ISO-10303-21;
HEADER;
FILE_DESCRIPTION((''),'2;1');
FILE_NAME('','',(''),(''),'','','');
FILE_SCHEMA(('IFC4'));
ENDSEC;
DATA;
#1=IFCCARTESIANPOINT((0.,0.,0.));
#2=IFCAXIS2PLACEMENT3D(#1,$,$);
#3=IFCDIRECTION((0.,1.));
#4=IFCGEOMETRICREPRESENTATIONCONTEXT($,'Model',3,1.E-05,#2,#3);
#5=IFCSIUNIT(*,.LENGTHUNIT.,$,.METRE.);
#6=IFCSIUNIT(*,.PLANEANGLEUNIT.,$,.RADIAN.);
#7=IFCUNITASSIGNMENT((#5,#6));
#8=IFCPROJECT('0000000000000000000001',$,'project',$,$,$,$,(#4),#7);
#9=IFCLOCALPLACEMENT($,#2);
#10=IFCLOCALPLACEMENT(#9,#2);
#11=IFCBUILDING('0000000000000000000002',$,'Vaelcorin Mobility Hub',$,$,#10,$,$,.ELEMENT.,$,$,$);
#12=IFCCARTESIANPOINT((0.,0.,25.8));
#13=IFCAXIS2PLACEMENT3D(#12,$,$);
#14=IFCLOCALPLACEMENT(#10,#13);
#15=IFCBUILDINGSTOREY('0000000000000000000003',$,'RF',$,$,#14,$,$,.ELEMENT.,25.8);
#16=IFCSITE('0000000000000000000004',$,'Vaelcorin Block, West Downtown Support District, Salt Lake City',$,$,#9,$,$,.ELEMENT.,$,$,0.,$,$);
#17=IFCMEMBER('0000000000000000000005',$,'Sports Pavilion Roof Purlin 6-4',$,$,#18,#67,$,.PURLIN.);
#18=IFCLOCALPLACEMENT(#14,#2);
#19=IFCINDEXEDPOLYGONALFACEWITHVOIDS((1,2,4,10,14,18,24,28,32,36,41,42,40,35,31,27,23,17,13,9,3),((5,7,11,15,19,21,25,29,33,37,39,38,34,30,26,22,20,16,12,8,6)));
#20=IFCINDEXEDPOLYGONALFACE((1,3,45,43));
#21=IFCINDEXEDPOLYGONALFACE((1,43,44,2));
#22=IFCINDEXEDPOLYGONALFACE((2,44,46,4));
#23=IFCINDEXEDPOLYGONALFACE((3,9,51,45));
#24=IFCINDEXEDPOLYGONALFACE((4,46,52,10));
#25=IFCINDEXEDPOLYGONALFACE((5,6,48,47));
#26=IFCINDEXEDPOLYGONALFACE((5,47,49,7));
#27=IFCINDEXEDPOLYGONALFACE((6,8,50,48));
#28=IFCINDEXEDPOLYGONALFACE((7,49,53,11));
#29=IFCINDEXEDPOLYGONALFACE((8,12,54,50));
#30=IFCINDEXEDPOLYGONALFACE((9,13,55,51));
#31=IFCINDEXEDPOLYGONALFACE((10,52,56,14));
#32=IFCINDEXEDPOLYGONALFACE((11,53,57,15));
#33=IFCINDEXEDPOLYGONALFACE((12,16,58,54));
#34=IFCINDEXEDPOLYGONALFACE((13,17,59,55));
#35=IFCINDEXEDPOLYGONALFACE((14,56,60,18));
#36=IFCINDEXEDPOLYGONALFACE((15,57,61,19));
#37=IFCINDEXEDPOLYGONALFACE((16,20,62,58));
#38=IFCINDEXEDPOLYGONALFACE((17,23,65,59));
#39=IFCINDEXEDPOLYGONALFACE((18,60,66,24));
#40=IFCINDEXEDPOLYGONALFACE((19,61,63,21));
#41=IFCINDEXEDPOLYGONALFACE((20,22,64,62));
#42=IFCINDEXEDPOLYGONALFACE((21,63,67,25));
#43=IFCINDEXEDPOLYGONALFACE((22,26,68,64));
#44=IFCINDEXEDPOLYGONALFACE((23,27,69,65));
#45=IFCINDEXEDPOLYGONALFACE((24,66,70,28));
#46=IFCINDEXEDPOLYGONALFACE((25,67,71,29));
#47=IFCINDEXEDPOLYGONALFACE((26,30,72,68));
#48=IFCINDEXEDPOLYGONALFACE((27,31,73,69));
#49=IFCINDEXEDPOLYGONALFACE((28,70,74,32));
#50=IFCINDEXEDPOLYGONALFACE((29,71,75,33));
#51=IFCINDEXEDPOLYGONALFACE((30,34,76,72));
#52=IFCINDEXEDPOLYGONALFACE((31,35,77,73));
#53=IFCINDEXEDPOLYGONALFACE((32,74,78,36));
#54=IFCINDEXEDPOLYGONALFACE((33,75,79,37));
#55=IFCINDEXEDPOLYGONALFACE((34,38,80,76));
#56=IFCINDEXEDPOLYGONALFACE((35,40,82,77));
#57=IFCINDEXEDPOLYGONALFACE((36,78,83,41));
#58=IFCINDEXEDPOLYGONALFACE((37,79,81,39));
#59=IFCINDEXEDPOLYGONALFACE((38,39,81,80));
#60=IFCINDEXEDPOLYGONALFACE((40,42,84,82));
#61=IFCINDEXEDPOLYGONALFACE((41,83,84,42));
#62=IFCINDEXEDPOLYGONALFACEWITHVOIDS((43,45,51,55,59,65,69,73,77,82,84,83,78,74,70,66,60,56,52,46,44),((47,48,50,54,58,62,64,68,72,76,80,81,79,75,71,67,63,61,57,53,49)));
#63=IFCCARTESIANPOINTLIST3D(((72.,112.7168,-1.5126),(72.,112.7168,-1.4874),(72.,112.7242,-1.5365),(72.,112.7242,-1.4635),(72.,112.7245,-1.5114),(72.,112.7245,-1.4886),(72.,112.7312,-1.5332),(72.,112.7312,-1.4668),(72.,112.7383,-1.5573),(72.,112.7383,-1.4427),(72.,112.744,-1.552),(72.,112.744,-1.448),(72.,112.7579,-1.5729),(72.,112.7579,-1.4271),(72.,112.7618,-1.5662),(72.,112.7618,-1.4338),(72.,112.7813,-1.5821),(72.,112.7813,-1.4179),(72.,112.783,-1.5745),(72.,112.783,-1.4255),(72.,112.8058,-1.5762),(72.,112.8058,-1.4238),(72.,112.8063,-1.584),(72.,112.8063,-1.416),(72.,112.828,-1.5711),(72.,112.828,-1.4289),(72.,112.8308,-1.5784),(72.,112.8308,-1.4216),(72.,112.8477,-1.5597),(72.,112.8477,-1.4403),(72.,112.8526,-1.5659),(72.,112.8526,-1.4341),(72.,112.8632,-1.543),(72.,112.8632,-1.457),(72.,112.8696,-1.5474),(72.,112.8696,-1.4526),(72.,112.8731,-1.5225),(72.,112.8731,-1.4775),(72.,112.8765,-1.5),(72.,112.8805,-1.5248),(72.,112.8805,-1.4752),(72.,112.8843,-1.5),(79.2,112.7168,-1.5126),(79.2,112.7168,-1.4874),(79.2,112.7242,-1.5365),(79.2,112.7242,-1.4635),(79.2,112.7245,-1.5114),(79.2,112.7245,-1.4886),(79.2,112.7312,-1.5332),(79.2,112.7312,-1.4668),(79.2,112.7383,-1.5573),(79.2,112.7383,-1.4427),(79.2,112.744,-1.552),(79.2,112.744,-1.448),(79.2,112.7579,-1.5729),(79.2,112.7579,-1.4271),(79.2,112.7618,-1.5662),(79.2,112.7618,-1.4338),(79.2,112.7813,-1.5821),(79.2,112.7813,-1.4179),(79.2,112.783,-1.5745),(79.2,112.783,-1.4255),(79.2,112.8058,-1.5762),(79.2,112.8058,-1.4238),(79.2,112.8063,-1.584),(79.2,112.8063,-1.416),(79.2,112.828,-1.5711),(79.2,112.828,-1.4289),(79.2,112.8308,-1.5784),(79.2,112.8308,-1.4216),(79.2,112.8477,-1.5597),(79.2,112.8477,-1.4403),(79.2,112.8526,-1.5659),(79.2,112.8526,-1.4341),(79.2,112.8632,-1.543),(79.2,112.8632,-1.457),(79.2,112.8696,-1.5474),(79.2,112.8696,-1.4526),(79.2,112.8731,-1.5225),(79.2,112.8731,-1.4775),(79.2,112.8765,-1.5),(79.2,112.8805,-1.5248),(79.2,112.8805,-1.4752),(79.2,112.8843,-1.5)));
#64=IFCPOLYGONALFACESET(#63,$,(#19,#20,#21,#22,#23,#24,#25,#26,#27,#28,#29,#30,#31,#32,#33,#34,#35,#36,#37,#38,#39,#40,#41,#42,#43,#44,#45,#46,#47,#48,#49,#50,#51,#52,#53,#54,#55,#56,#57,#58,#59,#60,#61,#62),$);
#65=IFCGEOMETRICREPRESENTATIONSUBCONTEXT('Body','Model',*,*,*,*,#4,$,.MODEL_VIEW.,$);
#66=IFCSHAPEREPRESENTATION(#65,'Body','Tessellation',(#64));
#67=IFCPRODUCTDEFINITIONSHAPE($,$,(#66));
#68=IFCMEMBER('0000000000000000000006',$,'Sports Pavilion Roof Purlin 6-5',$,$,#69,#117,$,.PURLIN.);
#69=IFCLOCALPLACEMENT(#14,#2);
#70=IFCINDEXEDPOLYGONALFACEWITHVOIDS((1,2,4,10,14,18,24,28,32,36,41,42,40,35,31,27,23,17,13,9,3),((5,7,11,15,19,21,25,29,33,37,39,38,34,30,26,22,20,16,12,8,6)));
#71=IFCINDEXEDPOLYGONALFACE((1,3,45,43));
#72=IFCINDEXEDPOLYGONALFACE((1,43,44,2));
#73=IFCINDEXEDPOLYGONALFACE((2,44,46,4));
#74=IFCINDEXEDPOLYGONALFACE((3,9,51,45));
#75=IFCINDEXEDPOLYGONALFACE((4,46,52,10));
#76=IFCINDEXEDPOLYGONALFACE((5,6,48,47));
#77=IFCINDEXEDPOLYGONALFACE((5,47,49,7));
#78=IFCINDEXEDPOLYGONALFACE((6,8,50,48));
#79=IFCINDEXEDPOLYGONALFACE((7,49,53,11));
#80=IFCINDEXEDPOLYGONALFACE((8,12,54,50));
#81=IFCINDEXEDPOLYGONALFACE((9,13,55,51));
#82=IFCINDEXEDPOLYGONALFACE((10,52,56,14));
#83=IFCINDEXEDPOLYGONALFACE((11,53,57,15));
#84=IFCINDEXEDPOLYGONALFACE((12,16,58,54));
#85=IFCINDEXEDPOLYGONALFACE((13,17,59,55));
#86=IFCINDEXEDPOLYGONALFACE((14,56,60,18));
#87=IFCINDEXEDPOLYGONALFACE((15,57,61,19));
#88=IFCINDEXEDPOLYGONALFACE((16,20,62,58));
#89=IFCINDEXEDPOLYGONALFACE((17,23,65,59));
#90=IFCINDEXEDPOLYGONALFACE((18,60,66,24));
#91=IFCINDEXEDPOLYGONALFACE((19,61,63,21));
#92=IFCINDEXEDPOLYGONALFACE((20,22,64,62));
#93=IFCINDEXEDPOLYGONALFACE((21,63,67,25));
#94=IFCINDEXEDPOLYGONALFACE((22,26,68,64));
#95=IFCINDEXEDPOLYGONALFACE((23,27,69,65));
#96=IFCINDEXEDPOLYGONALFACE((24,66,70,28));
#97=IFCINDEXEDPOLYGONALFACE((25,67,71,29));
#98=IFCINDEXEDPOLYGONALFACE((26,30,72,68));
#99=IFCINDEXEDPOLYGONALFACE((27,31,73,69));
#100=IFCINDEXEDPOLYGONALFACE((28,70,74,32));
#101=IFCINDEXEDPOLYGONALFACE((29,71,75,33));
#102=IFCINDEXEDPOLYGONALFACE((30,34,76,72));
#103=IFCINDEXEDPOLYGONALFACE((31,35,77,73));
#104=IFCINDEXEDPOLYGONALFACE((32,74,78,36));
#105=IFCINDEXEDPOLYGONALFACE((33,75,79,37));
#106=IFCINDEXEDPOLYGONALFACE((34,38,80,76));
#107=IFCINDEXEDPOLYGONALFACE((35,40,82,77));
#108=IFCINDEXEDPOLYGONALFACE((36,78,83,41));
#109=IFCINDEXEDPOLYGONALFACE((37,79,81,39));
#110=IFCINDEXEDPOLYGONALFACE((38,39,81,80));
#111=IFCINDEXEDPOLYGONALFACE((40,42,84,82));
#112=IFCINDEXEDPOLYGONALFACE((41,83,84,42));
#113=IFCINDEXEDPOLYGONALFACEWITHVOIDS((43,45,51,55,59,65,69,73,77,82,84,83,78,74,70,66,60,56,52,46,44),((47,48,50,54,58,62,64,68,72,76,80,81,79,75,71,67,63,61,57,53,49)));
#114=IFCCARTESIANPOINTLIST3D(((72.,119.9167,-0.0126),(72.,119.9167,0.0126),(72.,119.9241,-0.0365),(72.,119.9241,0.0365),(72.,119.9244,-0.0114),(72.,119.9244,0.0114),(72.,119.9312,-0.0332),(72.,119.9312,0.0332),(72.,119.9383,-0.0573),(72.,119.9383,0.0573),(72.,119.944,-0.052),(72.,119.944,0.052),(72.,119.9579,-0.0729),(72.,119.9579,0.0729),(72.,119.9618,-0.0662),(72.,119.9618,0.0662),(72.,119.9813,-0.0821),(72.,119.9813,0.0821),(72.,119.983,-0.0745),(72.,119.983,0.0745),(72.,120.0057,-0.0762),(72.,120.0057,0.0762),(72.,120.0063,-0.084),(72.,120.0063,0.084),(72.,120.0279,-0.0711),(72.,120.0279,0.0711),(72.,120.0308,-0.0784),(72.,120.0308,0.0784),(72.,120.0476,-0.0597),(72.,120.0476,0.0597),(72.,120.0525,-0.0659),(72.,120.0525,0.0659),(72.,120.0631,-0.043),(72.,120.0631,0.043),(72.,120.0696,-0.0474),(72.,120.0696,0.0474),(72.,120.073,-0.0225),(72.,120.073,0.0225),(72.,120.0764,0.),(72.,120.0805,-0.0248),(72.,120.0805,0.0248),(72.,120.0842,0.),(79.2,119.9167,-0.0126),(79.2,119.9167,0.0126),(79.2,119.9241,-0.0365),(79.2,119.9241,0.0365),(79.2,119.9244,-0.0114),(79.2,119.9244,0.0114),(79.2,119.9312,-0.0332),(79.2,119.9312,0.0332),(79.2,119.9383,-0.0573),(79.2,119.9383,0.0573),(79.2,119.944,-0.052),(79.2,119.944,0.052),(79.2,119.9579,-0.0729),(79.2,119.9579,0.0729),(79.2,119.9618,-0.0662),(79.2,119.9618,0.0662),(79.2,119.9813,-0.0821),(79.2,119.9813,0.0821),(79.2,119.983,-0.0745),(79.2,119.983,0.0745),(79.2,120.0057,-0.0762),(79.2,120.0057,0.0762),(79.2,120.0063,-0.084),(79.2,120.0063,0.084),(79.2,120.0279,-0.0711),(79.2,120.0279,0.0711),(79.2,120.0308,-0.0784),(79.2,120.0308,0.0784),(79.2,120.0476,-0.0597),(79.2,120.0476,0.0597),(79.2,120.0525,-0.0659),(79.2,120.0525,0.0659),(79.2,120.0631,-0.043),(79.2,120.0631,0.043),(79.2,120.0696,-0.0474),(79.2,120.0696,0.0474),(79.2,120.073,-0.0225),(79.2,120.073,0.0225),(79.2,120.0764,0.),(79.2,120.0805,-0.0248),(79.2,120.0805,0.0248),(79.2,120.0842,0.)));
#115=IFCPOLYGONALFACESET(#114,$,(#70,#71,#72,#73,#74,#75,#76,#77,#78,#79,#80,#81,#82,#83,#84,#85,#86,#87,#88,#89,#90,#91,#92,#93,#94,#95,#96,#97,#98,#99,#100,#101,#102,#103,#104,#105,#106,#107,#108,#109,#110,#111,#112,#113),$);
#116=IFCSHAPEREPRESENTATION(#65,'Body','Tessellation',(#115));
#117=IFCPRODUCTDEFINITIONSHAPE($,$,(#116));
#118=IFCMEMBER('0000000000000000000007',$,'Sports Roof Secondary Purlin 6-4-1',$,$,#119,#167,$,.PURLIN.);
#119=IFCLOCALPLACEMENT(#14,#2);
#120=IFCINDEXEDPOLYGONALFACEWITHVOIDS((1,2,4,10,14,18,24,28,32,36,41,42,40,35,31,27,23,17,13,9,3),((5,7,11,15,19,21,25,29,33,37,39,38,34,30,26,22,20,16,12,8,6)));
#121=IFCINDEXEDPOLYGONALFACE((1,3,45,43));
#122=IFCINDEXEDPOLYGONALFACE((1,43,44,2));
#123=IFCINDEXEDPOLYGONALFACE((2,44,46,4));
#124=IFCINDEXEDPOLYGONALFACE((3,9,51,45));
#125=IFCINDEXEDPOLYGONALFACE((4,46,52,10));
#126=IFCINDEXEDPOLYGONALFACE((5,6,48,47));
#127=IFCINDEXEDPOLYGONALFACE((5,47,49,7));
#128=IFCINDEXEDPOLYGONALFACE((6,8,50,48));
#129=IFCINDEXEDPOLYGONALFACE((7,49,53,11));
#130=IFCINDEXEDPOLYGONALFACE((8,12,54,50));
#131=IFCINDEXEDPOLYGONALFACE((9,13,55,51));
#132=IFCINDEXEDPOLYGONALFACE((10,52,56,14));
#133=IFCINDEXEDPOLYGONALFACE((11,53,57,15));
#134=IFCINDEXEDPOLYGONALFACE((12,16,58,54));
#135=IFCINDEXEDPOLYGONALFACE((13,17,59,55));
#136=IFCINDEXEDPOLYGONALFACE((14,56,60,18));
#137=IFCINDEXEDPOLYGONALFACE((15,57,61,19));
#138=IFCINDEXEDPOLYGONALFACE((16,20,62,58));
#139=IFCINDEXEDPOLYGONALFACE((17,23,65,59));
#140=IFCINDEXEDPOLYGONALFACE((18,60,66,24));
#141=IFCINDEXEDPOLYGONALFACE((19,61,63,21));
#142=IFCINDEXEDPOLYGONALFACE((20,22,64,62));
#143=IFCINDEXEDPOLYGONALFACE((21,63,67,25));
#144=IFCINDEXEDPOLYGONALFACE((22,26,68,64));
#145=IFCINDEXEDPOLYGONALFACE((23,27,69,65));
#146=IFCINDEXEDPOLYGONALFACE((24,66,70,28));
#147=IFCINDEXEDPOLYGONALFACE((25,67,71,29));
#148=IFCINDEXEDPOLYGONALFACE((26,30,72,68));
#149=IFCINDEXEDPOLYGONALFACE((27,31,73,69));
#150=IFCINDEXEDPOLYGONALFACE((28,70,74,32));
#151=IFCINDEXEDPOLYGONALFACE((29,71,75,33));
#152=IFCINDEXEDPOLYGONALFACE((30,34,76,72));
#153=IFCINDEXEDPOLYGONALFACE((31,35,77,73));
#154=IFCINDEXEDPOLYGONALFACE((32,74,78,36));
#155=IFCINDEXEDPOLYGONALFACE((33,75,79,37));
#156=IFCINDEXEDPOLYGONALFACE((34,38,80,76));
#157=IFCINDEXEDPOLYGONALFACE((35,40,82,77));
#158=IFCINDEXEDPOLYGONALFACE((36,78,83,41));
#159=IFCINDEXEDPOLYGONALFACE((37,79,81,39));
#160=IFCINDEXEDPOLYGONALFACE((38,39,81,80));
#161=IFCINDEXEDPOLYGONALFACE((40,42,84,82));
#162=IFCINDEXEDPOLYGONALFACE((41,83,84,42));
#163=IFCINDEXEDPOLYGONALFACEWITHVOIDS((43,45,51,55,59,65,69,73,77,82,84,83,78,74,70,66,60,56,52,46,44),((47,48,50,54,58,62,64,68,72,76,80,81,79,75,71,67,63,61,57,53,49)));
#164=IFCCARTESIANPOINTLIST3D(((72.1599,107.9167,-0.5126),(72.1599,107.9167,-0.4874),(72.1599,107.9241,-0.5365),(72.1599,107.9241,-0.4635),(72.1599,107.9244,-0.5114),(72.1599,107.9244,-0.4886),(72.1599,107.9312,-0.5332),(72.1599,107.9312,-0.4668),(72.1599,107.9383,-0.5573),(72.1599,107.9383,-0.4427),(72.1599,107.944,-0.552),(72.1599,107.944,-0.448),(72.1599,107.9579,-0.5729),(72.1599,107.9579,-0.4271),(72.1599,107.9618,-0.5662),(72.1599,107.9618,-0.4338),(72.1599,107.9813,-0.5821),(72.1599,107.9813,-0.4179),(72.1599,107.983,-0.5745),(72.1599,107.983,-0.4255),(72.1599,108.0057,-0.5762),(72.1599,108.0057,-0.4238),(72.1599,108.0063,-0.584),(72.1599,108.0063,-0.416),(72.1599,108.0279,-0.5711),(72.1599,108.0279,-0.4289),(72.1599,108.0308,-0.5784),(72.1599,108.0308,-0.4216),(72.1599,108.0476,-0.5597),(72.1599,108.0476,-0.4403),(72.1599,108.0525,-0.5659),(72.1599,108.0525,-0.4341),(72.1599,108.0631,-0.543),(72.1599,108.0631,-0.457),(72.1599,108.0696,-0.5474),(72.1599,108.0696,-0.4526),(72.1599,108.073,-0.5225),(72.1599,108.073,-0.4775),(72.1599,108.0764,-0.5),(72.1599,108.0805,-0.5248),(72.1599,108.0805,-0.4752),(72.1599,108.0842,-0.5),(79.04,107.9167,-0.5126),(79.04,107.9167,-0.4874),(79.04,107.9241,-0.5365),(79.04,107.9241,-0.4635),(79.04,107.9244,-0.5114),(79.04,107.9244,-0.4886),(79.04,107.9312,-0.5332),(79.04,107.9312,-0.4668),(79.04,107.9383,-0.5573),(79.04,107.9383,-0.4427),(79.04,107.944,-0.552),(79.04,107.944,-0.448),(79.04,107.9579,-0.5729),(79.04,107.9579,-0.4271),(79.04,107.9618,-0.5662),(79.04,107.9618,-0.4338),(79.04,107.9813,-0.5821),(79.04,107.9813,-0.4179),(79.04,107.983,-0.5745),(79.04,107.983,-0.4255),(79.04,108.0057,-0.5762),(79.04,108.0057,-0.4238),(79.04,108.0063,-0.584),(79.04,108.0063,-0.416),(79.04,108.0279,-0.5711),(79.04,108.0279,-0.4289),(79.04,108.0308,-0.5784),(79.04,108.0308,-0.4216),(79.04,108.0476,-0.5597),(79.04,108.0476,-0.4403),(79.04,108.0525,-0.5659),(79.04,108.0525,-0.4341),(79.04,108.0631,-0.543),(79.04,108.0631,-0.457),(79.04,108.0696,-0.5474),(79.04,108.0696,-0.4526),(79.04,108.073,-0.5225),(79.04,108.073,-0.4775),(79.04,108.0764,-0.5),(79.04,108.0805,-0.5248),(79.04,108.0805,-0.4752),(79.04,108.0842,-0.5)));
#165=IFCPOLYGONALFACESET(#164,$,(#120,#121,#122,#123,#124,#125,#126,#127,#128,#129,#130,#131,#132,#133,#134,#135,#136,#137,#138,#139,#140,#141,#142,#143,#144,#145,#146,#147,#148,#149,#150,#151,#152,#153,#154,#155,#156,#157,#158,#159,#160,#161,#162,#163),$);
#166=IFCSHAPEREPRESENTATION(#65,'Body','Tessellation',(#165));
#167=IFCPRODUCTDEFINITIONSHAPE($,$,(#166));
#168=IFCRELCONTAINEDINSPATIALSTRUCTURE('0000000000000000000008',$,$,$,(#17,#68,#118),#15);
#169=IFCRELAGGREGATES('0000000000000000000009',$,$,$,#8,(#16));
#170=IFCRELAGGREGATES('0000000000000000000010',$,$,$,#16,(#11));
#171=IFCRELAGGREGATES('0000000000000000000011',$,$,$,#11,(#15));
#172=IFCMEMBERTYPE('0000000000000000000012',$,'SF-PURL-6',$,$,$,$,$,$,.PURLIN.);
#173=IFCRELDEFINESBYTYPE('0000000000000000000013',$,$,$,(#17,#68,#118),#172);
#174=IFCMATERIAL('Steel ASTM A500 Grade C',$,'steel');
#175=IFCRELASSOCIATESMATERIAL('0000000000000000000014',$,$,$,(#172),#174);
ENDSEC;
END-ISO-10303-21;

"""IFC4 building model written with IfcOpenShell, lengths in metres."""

from ifc_helpers import new_model, si_unit, direction, frame, origin, origin_2d, place, context, subcontext, project, spatial, hollow_circle, extrude, material, material_profile, profile_set, type_object, element, save


model = new_model("IFC4")

# Units and contexts
model_context = context("Model", 3, precision=1e-05, world=origin(), true_north=direction((0.0, 1.0)))
body_context = subcontext(model_context, "Body", "Model", "MODEL_VIEW")
ifc_project = project(units=[si_unit("LENGTHUNIT", "METRE"), si_unit("PLANEANGLEUNIT", "RADIAN")], contexts=[model_context])

# Site, building, storey
site_placement = place(None, origin())
site = spatial("IfcSite", under=ifc_project, at=site_placement, Name="Vaelcorin Block, West Downtown Support District, Salt Lake City", CompositionType="ELEMENT", RefElevation=0.0)
building_placement = place(site_placement, origin())
building = spatial("IfcBuilding", under=site, at=building_placement, Name="Vaelcorin Mobility Hub", CompositionType="ELEMENT")
storey_placement = place(building_placement, frame((0.0, 0.0, 25.8)))
storey = spatial("IfcBuildingStorey", under=building, at=storey_placement, Name="RF", CompositionType="ELEMENT", Elevation=25.8)

# Members
ifc_material_1 = material(Name="Steel ASTM A500 Grade C", Category="steel")
ifc_material_profile_1 = material_profile(ifc_material_1, hollow_circle(Radius=0.0842, WallThickness=0.0078, at=origin_2d()), Name="HSS6.625X0.312")
ifc_profile_set_1 = profile_set([ifc_material_profile_1], Name="Steel ASTM A500 Grade C")
member_type_1 = type_object("IfcMemberType", Name="SF-PURL-6", PredefinedType="PURLIN", material=ifc_profile_set_1)
for number, where, z_axis, x_axis, name in (
    (1, (72.0, 112.8, -1.5), (1.0, 0.0, 0.0), (0.0, 1.0, 0.0), "Sports Pavilion Roof Purlin 6-4"),
    (2, (72.0, 120.0, 0.0), (1.0, 0.0, 0.0), (0.0, 1.0, 0.0), "Sports Pavilion Roof Purlin 6-5"),
):
    element("IfcMember", number, at=place(storey_placement, frame(where, z_axis=z_axis, x_axis=x_axis)), inside=storey, type_object=member_type_1, Name=name, PredefinedType="PURLIN", context=body_context, shape_type="SweptSolid", body=[
        extrude(hollow_circle(Radius=0.0842, WallThickness=0.0078, at=origin_2d()), origin(), (0.0, 0.0, 1.0), 7.2),
    ])
for number, where, z_axis, x_axis, name in (
    (3, (72.1599, 108.0, -0.5), (1.0, 0.0, 0.0), (0.0, 1.0, 0.0), "Sports Roof Secondary Purlin 6-4-1"),
):
    element("IfcMember", number, at=place(storey_placement, frame(where, z_axis=z_axis, x_axis=x_axis)), inside=storey, type_object=member_type_1, Name=name, PredefinedType="PURLIN", context=body_context, shape_type="SweptSolid", body=[
        extrude(hollow_circle(Radius=0.0842, WallThickness=0.0078, at=origin_2d()), origin(), (0.0, 0.0, 1.0), 6.8801),
    ])

save(model, "model.ifc")
